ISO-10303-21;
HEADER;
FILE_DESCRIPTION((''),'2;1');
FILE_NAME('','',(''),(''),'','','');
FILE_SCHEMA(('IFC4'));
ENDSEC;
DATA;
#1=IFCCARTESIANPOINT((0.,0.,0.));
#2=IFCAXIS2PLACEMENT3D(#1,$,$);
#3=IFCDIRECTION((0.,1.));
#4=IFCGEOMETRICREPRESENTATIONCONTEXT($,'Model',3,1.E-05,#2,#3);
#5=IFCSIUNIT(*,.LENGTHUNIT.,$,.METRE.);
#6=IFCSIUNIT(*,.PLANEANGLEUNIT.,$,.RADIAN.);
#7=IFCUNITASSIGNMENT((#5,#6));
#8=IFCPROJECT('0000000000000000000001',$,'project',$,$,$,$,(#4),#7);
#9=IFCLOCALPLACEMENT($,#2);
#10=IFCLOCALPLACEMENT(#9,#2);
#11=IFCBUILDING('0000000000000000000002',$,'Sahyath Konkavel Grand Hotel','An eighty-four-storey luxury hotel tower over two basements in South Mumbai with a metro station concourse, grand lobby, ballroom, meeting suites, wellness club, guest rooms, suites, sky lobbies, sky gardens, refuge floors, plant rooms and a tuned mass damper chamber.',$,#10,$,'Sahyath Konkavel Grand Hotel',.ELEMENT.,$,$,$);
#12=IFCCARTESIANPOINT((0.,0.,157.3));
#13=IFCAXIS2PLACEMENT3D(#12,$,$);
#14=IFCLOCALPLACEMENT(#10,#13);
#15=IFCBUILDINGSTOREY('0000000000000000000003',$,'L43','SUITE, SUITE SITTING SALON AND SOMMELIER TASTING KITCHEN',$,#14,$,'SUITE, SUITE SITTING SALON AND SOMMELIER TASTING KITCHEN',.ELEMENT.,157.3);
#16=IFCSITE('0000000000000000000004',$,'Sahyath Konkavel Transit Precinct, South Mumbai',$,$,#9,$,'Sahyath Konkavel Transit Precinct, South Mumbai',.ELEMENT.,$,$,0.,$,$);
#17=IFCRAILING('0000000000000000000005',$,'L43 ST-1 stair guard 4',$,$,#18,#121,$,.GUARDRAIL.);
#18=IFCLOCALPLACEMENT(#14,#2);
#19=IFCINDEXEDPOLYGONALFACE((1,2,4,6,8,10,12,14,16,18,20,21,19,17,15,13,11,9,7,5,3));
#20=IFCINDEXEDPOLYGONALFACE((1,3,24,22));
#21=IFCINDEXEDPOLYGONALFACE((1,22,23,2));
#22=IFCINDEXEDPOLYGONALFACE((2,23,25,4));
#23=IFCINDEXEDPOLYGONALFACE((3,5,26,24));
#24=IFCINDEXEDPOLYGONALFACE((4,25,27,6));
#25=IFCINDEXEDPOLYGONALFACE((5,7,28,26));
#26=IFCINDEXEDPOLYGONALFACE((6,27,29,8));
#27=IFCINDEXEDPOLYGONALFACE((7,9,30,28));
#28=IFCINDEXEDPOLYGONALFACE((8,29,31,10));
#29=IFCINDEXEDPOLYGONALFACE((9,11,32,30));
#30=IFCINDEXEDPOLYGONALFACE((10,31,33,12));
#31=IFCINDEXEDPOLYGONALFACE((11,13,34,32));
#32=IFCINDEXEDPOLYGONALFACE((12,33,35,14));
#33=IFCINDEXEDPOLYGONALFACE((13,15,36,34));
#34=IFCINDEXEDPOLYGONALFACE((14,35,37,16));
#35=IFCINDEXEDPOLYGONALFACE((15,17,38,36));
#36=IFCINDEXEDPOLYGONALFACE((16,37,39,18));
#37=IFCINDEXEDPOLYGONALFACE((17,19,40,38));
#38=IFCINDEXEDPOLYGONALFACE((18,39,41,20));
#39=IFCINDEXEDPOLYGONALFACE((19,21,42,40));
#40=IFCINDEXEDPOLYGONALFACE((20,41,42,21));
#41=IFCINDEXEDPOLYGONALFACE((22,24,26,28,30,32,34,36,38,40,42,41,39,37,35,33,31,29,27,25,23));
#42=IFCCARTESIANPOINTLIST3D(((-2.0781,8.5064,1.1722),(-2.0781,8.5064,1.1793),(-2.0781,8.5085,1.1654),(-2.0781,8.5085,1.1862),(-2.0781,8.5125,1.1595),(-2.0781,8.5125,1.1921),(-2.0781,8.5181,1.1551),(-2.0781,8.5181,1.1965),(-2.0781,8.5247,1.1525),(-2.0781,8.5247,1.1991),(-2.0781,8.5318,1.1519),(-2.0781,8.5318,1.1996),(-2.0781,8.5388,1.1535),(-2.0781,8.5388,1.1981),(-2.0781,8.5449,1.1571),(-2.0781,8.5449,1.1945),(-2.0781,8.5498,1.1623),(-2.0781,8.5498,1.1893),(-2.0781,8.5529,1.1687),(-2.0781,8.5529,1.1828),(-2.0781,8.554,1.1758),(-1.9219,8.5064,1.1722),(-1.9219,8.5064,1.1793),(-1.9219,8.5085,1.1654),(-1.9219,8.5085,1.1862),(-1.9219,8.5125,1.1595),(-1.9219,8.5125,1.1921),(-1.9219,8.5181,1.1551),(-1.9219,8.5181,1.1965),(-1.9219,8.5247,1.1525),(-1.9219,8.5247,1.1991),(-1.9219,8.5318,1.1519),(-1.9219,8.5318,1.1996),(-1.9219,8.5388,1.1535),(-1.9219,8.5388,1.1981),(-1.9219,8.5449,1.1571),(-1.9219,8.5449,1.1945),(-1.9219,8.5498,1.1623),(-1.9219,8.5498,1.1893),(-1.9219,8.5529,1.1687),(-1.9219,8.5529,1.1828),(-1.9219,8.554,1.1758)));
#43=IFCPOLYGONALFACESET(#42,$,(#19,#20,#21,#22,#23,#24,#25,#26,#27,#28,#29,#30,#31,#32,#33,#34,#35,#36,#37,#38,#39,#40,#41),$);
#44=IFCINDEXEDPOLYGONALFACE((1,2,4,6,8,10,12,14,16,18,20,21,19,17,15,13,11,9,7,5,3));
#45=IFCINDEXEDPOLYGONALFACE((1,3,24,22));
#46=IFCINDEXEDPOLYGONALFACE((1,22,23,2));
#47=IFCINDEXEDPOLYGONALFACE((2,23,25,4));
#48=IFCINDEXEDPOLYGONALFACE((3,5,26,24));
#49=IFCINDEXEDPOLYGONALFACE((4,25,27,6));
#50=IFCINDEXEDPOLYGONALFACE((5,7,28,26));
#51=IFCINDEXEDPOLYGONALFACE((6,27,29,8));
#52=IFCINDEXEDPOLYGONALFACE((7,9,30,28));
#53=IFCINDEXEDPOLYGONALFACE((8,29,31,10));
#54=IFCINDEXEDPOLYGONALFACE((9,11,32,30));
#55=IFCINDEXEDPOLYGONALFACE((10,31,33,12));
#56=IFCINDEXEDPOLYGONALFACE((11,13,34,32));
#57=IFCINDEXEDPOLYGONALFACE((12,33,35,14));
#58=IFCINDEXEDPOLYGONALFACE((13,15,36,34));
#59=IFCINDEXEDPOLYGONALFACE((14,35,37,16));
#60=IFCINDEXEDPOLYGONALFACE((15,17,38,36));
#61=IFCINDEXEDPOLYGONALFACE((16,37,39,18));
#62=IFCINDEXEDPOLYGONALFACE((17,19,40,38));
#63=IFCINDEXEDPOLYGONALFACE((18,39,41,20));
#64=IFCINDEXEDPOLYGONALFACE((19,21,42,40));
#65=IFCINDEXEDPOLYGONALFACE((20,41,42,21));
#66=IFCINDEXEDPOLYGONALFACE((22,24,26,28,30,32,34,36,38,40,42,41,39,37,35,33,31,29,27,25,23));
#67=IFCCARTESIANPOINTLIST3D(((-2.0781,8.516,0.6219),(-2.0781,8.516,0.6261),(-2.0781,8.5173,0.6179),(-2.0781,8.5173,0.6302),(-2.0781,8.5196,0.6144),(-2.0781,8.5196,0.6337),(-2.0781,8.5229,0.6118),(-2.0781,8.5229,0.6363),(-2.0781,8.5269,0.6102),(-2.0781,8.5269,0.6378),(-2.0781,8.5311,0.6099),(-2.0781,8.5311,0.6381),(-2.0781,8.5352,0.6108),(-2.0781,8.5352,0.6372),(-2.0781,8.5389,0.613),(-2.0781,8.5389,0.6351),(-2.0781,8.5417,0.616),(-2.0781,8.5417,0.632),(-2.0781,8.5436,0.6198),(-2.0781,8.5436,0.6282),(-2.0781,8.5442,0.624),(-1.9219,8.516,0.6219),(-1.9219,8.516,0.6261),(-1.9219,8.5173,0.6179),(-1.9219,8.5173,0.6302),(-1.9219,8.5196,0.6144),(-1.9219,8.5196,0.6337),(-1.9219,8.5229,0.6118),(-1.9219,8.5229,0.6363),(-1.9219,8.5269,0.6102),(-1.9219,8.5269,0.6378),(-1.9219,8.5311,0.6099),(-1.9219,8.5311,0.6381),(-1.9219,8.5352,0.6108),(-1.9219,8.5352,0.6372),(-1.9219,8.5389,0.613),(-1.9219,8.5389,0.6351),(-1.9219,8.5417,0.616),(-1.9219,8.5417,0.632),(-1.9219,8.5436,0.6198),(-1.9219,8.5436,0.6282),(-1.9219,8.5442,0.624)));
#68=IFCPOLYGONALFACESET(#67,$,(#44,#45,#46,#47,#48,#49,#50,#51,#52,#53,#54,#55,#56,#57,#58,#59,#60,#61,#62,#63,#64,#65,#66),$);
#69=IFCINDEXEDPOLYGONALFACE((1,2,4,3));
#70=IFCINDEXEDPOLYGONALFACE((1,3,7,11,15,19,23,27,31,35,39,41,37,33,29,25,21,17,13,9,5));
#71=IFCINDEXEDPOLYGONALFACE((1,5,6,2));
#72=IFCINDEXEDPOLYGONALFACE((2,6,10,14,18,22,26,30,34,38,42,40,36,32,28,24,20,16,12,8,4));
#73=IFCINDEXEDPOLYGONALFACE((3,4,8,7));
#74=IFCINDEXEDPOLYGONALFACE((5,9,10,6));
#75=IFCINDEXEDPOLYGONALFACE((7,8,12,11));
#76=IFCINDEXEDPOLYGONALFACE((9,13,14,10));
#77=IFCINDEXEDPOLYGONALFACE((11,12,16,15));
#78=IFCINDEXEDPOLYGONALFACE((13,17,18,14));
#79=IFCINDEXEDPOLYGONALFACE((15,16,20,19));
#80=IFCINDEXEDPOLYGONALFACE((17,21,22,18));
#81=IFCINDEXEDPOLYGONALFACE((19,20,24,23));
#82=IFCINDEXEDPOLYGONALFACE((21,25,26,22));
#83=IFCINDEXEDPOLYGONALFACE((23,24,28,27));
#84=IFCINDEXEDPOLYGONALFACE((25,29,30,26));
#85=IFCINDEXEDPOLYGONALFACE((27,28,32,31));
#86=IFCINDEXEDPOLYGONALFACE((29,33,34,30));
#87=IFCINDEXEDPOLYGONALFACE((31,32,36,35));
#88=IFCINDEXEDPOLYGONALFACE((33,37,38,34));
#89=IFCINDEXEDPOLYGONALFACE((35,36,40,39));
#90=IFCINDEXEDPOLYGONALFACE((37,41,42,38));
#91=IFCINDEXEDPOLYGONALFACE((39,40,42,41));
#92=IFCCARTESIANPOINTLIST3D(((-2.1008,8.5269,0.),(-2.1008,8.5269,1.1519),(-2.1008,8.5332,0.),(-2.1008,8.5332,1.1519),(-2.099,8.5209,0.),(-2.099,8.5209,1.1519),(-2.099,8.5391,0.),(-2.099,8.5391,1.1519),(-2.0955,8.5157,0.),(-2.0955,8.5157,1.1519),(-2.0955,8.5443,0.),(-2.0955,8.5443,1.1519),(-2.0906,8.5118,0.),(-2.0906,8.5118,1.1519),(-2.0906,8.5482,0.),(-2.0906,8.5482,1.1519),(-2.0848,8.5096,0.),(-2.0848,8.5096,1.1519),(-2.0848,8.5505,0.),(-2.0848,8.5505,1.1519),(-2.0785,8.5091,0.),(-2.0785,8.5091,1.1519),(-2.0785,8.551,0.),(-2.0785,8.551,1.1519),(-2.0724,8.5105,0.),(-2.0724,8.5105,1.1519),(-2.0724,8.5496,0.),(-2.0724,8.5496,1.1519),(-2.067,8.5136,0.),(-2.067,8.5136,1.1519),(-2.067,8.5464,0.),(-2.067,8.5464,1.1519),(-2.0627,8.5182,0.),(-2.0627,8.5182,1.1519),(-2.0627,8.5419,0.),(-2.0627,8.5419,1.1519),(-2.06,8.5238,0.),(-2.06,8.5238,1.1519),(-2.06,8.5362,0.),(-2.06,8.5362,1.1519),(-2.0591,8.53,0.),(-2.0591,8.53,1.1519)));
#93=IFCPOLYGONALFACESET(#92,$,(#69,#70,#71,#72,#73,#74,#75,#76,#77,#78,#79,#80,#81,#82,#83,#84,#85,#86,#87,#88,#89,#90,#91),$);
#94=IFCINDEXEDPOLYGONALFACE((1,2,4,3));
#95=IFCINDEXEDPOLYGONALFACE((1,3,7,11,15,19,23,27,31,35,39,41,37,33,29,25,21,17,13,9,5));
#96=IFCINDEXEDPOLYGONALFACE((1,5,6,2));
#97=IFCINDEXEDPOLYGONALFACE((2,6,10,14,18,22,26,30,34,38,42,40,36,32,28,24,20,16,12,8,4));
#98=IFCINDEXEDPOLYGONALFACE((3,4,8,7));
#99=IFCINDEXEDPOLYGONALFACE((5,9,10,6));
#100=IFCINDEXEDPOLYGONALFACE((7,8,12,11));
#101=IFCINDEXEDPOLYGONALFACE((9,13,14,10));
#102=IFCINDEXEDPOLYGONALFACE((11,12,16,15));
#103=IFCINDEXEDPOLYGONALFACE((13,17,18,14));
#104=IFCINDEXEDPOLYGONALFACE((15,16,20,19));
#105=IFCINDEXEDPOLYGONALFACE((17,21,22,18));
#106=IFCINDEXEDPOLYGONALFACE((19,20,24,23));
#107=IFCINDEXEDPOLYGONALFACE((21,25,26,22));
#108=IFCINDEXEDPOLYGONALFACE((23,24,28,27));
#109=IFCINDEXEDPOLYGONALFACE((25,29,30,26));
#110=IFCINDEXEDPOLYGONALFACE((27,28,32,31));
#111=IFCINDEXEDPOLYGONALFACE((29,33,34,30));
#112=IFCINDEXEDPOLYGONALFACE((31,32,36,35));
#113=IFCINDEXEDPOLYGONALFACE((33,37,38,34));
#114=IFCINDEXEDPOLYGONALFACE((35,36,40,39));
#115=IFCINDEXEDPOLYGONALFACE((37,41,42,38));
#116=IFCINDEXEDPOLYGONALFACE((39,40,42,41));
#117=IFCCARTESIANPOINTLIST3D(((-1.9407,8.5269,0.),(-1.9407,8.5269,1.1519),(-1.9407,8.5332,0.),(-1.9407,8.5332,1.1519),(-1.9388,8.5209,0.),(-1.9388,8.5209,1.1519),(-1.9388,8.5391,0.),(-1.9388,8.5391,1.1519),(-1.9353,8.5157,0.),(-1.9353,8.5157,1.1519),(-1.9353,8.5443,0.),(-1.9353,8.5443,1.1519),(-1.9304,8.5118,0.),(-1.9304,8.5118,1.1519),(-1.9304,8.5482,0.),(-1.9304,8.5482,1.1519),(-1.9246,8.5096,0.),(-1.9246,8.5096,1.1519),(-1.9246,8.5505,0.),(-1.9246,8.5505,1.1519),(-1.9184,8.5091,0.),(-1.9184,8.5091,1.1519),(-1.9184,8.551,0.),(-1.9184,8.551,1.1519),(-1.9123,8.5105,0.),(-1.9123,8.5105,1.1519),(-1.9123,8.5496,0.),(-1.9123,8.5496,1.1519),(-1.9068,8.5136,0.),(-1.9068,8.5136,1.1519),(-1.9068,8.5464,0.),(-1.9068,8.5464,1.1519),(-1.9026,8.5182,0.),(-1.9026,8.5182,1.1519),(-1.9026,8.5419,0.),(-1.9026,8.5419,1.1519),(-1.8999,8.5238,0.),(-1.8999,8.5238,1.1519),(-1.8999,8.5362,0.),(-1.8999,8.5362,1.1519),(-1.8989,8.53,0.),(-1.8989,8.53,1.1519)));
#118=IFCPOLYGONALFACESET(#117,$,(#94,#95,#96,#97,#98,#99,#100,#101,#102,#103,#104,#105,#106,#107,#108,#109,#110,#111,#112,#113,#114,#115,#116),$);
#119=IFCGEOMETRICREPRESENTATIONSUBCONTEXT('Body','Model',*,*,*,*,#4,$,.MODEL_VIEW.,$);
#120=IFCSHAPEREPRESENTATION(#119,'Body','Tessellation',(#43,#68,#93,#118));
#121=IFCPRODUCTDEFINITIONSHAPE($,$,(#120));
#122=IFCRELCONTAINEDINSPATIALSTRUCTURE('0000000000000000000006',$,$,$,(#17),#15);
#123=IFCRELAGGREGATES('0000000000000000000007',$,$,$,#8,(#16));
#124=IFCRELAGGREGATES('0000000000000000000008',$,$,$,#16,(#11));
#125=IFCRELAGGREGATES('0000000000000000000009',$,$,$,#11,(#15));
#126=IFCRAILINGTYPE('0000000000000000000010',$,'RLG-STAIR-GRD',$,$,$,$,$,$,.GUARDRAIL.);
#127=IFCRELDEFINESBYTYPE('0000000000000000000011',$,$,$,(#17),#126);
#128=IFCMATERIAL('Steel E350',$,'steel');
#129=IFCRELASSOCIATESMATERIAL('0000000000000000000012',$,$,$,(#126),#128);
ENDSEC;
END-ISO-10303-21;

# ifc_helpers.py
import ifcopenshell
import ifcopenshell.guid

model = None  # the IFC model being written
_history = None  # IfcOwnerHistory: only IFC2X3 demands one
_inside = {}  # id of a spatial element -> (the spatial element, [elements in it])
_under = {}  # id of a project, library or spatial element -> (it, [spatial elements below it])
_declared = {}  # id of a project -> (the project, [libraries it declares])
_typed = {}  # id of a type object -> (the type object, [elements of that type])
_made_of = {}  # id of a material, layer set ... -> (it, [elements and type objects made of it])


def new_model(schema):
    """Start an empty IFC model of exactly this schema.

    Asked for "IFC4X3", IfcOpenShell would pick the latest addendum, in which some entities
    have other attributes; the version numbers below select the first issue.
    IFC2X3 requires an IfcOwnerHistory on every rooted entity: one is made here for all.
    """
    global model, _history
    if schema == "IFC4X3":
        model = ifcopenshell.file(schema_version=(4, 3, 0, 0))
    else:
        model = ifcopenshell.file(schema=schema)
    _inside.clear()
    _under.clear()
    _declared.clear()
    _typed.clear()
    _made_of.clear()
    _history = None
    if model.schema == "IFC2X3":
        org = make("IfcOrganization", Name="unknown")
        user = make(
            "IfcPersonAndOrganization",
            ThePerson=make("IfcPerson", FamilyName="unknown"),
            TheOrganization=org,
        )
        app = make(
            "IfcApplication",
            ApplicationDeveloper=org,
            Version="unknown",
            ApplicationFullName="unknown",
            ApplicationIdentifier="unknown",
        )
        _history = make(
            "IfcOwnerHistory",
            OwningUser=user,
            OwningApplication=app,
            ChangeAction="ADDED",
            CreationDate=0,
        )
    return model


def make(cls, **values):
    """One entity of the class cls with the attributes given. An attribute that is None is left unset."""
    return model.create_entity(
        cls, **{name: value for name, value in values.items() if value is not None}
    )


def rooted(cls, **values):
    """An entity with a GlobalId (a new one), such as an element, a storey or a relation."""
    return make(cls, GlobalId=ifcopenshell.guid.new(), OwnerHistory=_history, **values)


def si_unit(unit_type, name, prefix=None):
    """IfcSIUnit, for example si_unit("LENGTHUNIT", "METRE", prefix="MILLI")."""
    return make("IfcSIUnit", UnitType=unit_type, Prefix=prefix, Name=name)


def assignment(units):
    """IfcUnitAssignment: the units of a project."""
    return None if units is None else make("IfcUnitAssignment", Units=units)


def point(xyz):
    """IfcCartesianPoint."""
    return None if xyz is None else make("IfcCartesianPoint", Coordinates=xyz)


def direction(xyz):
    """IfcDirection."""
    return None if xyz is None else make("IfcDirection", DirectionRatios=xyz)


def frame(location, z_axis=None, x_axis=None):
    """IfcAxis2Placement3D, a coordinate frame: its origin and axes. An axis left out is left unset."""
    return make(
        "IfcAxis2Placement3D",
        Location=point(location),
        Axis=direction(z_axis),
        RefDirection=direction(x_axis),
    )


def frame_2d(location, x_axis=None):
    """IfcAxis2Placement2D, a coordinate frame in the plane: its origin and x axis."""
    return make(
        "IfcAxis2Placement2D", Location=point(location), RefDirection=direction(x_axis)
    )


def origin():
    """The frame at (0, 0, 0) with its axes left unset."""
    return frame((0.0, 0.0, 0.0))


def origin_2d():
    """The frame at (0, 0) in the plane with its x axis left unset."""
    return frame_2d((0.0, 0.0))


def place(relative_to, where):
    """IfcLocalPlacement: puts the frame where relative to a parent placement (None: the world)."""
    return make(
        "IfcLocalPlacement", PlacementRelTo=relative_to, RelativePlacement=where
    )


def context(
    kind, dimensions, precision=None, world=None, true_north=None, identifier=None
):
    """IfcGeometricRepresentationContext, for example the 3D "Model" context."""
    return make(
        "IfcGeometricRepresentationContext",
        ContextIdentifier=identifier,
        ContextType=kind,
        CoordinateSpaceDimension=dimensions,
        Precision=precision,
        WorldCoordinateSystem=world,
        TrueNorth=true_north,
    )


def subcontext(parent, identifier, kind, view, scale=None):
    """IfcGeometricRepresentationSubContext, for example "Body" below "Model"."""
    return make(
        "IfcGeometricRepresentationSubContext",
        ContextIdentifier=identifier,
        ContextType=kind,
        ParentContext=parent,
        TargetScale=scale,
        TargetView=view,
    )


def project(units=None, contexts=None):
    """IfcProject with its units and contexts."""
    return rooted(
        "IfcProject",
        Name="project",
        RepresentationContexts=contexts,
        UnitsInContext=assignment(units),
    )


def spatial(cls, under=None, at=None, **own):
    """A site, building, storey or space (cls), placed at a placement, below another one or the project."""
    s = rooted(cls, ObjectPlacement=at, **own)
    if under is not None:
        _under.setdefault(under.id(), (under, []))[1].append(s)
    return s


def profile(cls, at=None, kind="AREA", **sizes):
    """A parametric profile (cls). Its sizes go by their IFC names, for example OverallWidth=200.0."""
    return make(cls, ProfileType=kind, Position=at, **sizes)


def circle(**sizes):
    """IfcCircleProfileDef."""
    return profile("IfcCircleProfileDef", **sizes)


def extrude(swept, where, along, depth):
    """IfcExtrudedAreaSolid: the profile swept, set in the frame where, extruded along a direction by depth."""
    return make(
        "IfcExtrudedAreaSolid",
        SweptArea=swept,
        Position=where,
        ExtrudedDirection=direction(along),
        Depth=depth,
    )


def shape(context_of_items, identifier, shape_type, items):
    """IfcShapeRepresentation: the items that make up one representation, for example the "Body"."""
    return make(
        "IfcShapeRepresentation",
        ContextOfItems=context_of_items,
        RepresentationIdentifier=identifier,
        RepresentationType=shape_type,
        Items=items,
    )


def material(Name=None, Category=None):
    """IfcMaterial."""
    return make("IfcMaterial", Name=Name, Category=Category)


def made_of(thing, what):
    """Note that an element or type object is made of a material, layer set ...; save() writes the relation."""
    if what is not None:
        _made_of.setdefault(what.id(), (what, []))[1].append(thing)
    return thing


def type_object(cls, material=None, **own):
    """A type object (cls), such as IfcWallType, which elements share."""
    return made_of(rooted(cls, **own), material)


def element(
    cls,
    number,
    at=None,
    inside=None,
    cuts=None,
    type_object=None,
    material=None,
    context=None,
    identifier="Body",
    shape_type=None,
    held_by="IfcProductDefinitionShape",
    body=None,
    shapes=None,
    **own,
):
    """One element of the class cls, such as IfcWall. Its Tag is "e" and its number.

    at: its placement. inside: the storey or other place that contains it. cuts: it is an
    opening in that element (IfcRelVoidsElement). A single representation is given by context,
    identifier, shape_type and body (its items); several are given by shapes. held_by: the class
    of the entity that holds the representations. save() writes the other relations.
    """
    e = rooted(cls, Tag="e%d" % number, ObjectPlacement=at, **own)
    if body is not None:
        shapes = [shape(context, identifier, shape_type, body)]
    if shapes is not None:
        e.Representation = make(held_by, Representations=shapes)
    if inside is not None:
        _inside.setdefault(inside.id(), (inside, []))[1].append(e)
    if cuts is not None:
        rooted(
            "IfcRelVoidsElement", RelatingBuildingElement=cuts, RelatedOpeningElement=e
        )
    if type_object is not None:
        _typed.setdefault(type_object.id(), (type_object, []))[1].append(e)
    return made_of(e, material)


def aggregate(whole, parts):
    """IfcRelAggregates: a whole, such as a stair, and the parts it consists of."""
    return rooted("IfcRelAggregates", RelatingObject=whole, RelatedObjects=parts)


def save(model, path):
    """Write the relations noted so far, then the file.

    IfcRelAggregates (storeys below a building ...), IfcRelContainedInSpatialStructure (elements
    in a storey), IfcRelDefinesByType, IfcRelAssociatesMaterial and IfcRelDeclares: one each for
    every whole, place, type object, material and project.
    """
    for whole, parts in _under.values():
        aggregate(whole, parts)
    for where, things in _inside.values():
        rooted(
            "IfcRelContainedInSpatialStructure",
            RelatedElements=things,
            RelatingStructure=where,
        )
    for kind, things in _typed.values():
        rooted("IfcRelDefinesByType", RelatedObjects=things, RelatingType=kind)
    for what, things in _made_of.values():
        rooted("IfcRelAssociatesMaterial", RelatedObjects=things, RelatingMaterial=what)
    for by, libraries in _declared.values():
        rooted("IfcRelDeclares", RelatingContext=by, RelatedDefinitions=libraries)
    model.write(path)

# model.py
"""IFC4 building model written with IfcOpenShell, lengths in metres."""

from ifc_helpers import new_model, si_unit, direction, frame, origin, origin_2d, place, context, subcontext, project, spatial, circle, extrude, material, type_object, element, save


model = new_model("IFC4")

# Units and contexts
model_context = context("Model", 3, precision=1e-05, world=origin(), true_north=direction((0.0, 1.0)))
body_context = subcontext(model_context, "Body", "Model", "MODEL_VIEW")
ifc_project = project(units=[si_unit("LENGTHUNIT", "METRE"), si_unit("PLANEANGLEUNIT", "RADIAN")], contexts=[model_context])

# Site, building, storey
site_placement = place(None, origin())
site = spatial("IfcSite", under=ifc_project, at=site_placement, Name="Sahyath Konkavel Transit Precinct, South Mumbai", LongName="Sahyath Konkavel Transit Precinct, South Mumbai", CompositionType="ELEMENT", RefElevation=0.0)
building_placement = place(site_placement, origin())
building = spatial("IfcBuilding", under=site, at=building_placement, Name="Sahyath Konkavel Grand Hotel", Description="An eighty-four-storey luxury hotel tower over two basements in South Mumbai with a metro station concourse, grand lobby, ballroom, meeting suites, wellness club, guest rooms, suites, sky lobbies, sky gardens, refuge floors, plant rooms and a tuned mass damper chamber.", LongName="Sahyath Konkavel Grand Hotel", CompositionType="ELEMENT")
storey_placement = place(building_placement, frame((0.0, 0.0, 157.3)))
storey = spatial("IfcBuildingStorey", under=building, at=storey_placement, Name="L43", Description="SUITE, SUITE SITTING SALON AND SOMMELIER TASTING KITCHEN", LongName="SUITE, SUITE SITTING SALON AND SOMMELIER TASTING KITCHEN", CompositionType="ELEMENT", Elevation=157.3)

# Shared definitions
ifc_material_1 = material(Name="Steel E350", Category="steel")

# Railing
railing_type_1 = type_object("IfcRailingType", Name="RLG-STAIR-GRD", PredefinedType="GUARDRAIL", material=ifc_material_1)
railing_1_placement = place(storey_placement, frame((-2.0801, 8.53, 0.0)))
element("IfcRailing", 1, at=railing_1_placement, inside=storey, type_object=railing_type_1, Name="L43 ST-1 stair guard 4", PredefinedType="GUARDRAIL", context=body_context, shape_type="SweptSolid", body=[
    extrude(circle(Radius=0.0239, at=origin_2d()), frame((0.002, 0.0, 1.1758), z_axis=(1.0, 0.0, 0.0), x_axis=(0.0, 1.0, 0.0)), (0.0, 0.0, 1.0), 0.1562),
    extrude(circle(Radius=0.0142, at=origin_2d()), frame((0.002, 0.0, 0.624), z_axis=(1.0, 0.0, 0.0), x_axis=(0.0, 1.0, 0.0)), (0.0, 0.0, 1.0), 0.1562),
    extrude(circle(Radius=0.021, at=origin_2d()), origin(), (0.0, 0.0, 1.0), 1.1519),
    extrude(circle(Radius=0.021, at=origin_2d()), frame((0.1602, 0.0, 0.0)), (0.0, 0.0, 1.0), 1.1519),
])

save(model, "model.ifc")
